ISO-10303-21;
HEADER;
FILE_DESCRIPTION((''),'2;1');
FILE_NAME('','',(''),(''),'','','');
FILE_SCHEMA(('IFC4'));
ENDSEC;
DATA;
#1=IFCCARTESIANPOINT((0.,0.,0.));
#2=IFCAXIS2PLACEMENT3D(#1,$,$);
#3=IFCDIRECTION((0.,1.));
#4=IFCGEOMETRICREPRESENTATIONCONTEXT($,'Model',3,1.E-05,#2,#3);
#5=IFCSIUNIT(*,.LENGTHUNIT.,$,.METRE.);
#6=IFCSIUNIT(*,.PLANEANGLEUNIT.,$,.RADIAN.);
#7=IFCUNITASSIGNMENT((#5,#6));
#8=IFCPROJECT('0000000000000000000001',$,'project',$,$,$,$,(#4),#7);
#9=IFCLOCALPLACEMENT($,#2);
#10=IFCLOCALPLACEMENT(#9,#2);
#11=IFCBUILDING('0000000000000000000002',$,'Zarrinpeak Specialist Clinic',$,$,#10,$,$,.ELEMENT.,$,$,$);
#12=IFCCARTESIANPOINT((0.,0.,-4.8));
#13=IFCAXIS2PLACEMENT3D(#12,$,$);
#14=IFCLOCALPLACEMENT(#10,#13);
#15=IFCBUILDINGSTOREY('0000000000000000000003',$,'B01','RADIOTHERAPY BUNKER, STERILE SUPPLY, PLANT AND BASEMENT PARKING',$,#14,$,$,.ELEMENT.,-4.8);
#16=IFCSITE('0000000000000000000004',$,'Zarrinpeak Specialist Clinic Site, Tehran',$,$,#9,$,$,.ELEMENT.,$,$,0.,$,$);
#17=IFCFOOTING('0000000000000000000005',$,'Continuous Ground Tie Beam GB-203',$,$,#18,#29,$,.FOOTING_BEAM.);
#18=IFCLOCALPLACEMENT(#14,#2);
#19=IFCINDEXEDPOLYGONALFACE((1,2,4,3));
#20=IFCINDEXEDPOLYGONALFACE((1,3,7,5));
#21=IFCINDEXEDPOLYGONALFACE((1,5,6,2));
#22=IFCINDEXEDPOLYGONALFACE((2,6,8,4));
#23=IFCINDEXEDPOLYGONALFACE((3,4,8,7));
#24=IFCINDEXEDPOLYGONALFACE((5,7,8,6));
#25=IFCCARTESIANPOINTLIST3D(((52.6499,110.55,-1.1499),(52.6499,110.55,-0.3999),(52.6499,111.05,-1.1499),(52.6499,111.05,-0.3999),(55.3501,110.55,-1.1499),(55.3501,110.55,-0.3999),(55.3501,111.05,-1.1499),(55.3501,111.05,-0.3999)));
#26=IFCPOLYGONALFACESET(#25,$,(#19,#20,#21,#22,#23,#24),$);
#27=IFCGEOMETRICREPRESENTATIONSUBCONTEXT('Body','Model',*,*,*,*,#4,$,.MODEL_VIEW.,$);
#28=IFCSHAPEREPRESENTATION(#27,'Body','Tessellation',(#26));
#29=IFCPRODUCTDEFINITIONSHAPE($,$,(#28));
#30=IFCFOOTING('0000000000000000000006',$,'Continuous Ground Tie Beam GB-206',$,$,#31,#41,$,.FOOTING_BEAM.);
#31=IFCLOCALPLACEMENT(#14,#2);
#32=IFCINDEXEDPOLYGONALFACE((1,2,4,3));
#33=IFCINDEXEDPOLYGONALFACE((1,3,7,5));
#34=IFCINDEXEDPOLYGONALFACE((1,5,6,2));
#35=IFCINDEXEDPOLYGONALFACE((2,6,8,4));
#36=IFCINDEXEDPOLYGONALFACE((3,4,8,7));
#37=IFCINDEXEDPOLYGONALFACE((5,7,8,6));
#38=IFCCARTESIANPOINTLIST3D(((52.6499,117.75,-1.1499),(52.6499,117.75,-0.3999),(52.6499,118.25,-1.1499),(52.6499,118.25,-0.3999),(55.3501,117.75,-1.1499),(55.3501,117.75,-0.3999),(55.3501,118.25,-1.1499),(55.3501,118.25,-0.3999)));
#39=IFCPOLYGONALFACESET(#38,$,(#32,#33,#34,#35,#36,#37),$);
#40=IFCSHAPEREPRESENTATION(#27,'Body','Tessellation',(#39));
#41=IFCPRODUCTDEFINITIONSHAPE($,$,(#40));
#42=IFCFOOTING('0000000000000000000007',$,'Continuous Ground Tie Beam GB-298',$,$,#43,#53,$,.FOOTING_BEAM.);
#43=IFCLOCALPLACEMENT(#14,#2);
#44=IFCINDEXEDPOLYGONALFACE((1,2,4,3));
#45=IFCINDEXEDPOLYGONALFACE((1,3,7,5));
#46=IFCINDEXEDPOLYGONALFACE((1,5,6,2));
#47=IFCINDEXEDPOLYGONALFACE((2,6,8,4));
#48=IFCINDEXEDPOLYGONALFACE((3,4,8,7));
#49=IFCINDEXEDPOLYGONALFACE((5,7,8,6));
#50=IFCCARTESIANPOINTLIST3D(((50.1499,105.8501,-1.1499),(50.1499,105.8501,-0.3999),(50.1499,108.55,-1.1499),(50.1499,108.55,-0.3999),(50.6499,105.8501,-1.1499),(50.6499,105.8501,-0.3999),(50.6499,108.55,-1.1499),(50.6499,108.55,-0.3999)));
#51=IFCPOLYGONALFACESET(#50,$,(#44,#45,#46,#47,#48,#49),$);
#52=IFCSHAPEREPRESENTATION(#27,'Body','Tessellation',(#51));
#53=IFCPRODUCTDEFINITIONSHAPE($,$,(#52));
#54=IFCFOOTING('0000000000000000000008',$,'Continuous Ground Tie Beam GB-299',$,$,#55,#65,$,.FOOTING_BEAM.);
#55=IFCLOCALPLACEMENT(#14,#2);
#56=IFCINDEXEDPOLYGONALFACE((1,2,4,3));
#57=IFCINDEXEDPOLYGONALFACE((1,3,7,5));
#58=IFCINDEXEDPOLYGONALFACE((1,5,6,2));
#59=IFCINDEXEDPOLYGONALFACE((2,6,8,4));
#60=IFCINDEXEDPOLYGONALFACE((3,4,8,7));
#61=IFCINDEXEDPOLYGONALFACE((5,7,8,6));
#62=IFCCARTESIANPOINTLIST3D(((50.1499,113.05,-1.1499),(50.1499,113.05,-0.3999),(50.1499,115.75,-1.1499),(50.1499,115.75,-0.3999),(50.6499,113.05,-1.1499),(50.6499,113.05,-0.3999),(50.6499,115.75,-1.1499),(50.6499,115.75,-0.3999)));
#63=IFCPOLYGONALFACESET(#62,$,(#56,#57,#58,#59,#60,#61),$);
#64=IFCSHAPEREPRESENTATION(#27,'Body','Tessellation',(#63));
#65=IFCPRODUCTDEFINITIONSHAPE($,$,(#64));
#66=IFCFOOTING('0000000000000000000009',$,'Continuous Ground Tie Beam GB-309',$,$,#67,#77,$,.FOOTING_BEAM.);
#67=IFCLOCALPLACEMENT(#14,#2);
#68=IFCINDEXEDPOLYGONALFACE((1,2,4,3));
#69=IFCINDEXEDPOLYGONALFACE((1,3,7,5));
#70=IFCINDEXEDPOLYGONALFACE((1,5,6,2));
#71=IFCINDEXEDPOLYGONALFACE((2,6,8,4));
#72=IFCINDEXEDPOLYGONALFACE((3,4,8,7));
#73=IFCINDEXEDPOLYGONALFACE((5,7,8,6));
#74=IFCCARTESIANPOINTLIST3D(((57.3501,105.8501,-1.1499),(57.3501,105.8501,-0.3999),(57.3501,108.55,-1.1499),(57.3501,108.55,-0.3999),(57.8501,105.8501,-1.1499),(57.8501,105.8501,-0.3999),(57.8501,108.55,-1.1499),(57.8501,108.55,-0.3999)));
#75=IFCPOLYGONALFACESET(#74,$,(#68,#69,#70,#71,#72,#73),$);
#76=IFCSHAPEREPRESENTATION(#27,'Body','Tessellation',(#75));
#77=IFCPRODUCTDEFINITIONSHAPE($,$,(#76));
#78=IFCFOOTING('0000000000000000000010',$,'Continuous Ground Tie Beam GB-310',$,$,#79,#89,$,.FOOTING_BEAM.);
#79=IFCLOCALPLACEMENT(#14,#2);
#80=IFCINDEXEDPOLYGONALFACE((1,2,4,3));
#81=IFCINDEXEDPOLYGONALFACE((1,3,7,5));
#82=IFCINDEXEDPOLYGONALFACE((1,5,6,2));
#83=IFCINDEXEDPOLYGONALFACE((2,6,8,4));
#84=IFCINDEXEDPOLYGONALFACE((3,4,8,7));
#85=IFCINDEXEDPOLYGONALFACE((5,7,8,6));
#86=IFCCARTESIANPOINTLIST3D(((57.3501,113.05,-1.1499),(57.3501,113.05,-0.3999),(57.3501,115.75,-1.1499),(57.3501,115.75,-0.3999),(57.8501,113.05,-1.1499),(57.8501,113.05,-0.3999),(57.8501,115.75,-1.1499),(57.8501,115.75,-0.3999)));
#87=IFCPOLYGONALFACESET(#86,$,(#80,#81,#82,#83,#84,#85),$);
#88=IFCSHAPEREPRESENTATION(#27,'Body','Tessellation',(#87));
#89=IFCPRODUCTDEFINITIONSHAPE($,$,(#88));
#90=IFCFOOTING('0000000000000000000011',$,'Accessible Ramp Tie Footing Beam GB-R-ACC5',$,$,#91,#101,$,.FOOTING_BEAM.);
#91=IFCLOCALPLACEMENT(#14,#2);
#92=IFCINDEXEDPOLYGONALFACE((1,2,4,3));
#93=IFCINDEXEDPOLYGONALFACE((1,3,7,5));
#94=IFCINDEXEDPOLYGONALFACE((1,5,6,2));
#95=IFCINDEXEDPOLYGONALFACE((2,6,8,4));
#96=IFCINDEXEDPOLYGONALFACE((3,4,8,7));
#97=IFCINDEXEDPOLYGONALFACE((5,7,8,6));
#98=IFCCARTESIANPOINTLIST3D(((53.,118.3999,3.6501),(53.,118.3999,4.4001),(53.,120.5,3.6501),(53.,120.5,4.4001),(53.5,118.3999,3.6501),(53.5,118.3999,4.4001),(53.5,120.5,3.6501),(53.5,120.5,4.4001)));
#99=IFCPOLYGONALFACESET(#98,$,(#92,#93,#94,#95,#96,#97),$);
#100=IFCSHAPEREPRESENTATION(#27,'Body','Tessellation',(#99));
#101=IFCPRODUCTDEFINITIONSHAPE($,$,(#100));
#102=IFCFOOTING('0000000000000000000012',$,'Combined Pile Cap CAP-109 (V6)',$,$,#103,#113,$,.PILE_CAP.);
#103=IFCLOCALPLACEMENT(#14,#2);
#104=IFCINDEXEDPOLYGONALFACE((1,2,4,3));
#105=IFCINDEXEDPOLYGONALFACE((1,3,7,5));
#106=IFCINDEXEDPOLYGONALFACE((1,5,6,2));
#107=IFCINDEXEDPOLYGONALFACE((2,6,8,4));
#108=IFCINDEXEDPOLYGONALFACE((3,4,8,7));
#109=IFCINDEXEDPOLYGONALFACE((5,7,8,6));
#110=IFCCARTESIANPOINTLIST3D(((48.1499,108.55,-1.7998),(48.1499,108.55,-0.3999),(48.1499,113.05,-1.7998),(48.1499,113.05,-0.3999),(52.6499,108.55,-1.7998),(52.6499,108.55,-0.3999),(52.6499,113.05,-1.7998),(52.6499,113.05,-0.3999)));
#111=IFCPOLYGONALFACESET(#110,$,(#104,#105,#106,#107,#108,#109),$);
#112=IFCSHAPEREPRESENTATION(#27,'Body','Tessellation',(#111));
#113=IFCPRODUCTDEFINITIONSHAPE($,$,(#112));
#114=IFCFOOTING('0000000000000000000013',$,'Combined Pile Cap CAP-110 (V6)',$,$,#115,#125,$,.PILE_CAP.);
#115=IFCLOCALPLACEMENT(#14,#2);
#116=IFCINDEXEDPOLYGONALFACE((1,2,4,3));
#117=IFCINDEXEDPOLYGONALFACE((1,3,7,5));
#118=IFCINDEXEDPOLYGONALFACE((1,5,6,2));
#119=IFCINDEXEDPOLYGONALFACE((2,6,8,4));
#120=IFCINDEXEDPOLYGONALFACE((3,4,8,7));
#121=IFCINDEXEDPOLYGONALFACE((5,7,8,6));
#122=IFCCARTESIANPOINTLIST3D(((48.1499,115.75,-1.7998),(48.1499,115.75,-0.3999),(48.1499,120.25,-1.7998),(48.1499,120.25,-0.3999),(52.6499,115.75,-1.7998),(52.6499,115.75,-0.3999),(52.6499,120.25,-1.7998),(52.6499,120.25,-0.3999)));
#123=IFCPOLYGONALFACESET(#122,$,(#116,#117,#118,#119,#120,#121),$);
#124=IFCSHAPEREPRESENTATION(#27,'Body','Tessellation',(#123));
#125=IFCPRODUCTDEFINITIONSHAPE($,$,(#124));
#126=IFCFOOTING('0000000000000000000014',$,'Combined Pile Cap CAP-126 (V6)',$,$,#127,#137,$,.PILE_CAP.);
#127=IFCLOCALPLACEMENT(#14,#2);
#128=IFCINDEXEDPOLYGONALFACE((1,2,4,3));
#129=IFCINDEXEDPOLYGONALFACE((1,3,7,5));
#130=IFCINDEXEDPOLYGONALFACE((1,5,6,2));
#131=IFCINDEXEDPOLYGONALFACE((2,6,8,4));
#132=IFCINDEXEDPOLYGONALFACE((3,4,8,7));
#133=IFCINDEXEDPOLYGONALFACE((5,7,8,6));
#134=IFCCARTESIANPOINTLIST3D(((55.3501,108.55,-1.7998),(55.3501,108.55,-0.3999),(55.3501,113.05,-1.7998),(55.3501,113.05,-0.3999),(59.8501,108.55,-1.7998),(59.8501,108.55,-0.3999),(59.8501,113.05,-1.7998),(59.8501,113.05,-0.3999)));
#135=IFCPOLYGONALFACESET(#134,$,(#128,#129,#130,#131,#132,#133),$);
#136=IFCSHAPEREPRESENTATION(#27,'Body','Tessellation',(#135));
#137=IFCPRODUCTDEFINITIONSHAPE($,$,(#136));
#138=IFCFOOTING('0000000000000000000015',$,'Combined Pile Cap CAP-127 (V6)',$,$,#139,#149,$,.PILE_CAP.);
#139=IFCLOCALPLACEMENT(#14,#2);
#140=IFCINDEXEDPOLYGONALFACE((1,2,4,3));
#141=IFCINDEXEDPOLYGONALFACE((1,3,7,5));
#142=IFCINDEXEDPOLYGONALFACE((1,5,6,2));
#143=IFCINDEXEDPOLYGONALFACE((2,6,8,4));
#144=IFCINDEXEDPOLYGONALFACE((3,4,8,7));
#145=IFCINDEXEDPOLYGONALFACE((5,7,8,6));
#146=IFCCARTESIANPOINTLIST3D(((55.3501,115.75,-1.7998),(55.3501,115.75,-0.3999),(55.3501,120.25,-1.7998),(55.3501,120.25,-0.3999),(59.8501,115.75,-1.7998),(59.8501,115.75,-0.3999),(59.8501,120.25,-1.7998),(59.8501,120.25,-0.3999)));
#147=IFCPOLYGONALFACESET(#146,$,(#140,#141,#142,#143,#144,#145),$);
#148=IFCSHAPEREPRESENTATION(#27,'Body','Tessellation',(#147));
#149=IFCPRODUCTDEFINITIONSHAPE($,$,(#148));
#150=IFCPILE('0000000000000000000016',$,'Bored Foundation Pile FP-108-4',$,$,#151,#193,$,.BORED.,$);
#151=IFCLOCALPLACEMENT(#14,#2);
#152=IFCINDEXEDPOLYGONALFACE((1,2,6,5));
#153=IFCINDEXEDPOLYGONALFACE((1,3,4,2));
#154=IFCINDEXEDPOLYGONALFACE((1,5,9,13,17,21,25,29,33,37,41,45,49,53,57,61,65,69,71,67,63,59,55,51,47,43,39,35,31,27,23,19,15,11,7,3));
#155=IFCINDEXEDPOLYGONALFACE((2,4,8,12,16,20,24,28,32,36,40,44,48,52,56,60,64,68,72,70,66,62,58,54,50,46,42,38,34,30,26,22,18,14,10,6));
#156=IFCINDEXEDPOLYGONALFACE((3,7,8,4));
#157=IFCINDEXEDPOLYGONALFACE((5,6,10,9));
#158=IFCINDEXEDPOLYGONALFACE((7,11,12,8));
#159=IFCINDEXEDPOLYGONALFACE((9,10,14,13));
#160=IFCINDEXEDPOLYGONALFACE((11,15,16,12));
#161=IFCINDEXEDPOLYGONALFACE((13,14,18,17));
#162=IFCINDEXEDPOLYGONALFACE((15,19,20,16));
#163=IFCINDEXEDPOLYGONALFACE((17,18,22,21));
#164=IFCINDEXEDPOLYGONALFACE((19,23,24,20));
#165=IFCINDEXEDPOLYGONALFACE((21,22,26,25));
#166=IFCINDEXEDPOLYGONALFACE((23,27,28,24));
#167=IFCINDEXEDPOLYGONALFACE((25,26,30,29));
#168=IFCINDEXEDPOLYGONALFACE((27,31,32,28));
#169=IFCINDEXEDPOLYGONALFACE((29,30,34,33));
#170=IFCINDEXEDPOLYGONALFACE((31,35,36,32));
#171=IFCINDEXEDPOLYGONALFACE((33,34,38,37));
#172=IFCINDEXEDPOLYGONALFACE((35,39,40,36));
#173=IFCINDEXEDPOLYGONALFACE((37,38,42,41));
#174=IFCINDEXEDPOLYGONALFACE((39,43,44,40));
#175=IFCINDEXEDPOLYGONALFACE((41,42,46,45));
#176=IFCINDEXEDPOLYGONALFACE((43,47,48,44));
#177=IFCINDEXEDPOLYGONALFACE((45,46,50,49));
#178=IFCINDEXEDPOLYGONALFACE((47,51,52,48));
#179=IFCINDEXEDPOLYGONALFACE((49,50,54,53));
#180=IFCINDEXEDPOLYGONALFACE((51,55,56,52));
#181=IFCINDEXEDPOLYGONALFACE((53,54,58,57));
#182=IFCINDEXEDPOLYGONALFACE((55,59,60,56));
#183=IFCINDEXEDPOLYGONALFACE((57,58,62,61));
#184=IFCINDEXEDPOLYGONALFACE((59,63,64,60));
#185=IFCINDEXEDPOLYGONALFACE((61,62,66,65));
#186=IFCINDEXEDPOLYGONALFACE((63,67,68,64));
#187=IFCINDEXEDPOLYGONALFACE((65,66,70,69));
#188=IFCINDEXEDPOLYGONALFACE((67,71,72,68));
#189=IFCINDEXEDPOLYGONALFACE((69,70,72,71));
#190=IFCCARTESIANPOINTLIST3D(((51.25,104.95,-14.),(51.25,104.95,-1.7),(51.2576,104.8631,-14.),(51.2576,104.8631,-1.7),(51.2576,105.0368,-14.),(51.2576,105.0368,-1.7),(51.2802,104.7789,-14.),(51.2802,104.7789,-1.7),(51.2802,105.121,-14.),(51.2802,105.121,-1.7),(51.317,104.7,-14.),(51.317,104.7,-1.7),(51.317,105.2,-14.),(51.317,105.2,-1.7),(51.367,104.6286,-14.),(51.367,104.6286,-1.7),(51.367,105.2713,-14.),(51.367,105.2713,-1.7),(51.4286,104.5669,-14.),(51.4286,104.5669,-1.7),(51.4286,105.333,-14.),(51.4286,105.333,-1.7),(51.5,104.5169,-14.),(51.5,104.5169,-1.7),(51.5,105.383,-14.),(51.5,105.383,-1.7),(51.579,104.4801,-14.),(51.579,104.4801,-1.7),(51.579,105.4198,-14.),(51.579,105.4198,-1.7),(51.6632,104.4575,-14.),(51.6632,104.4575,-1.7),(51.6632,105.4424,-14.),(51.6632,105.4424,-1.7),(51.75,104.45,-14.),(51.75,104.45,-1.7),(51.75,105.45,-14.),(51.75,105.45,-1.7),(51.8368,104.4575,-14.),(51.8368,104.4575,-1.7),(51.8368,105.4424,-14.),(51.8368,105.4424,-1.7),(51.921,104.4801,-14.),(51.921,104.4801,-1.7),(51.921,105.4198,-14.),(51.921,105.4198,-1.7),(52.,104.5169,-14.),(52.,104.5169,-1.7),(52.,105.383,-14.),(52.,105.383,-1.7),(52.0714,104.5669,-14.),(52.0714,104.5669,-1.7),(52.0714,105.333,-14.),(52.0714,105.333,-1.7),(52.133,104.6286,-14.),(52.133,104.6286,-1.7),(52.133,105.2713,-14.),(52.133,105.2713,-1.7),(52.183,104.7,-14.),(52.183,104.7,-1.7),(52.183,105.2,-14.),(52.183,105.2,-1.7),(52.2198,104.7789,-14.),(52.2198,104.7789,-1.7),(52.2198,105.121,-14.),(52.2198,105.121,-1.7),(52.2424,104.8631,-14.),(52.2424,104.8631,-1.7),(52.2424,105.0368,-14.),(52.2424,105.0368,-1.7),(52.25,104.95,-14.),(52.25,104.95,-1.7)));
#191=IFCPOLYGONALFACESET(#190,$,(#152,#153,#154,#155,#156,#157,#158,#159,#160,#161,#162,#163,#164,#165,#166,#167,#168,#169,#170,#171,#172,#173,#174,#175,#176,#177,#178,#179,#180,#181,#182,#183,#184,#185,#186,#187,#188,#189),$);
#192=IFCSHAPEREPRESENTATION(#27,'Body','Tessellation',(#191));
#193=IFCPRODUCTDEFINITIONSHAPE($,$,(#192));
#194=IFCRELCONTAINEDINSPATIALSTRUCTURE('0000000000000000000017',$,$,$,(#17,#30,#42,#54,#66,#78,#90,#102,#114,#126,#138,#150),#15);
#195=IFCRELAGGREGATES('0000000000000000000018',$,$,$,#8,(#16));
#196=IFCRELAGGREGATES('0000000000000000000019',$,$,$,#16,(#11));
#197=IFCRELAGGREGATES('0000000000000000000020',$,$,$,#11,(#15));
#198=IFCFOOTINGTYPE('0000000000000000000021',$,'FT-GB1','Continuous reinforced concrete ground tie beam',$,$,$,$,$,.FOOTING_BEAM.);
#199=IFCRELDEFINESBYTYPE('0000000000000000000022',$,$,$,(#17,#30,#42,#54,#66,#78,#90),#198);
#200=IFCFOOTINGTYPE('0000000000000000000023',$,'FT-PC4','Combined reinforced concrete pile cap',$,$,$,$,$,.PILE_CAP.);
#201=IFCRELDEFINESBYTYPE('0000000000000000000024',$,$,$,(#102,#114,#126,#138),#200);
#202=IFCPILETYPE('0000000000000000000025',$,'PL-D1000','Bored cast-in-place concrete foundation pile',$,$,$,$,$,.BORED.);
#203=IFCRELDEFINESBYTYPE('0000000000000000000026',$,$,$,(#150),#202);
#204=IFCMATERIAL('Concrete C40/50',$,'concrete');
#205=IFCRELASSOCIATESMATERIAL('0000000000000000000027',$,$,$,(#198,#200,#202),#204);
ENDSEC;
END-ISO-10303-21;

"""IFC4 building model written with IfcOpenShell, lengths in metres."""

from ifc_helpers import new_model, si_unit, direction, frame, origin, origin_2d, place, context, subcontext, project, spatial, rectangle, circle, extrude, material, material_profile, profile_set, type_object, element, save


model = new_model("IFC4")

# Units and contexts
model_context = context("Model", 3, precision=1e-05, world=origin(), true_north=direction((0.0, 1.0)))
body_context = subcontext(model_context, "Body", "Model", "MODEL_VIEW")
ifc_project = project(units=[si_unit("LENGTHUNIT", "METRE"), si_unit("PLANEANGLEUNIT", "RADIAN")], contexts=[model_context])

# Site, building, storey
site_placement = place(None, origin())
site = spatial("IfcSite", under=ifc_project, at=site_placement, Name="Zarrinpeak Specialist Clinic Site, Tehran", CompositionType="ELEMENT", RefElevation=0.0)
building_placement = place(site_placement, origin())
building = spatial("IfcBuilding", under=site, at=building_placement, Name="Zarrinpeak Specialist Clinic", CompositionType="ELEMENT")
storey_placement = place(building_placement, frame((0.0, 0.0, -4.8)))
storey = spatial("IfcBuildingStorey", under=building, at=storey_placement, Name="B01", Description="RADIOTHERAPY BUNKER, STERILE SUPPLY, PLANT AND BASEMENT PARKING", CompositionType="ELEMENT", Elevation=-4.8)

# Footings
ifc_material_1 = material(Name="Concrete C40/50", Category="concrete")
ifc_material_profile_1 = material_profile(ifc_material_1, rectangle(XDim=0.5, YDim=0.75, at=origin_2d()), Name="RC 500x750")
ifc_profile_set_1 = profile_set([ifc_material_profile_1], Name="Concrete C40/50")
footing_type_1 = type_object("IfcFootingType", Name="FT-GB1", Description="Continuous reinforced concrete ground tie beam", PredefinedType="FOOTING_BEAM", material=ifc_profile_set_1)
for number, where, z_axis, x_axis, name in (
    (1, (52.6499, 110.8, -0.7749), (1.0, 0.0, 0.0), (0.0, 1.0, 0.0), "Continuous Ground Tie Beam GB-203"),
    (2, (52.6499, 118.0, -0.7749), (1.0, 0.0, 0.0), (0.0, 1.0, 0.0), "Continuous Ground Tie Beam GB-206"),
):
    element("IfcFooting", number, at=place(storey_placement, frame(where, z_axis=z_axis, x_axis=x_axis)), inside=storey, type_object=footing_type_1, Name=name, PredefinedType="FOOTING_BEAM", context=body_context, shape_type="SweptSolid", body=[
        extrude(rectangle(XDim=0.5, YDim=0.75, at=origin_2d()), origin(), (0.0, 0.0, 1.0), 2.7002),
    ])
for number, where, z_axis, x_axis, name in (
    (3, (50.3999, 105.8501, -0.7749), (0.0, 1.0, 0.0), (-1.0, 0.0, 0.0), "Continuous Ground Tie Beam GB-298"),
    (4, (50.3999, 113.05, -0.7749), (0.0, 1.0, 0.0), (-1.0, 0.0, 0.0), "Continuous Ground Tie Beam GB-299"),
    (5, (57.6001, 105.8501, -0.7749), (0.0, 1.0, 0.0), (-1.0, 0.0, 0.0), "Continuous Ground Tie Beam GB-309"),
    (6, (57.6001, 113.05, -0.7749), (0.0, 1.0, 0.0), (-1.0, 0.0, 0.0), "Continuous Ground Tie Beam GB-310"),
):
    element("IfcFooting", number, at=place(storey_placement, frame(where, z_axis=z_axis, x_axis=x_axis)), inside=storey, type_object=footing_type_1, Name=name, PredefinedType="FOOTING_BEAM", context=body_context, shape_type="SweptSolid", body=[
        extrude(rectangle(XDim=0.5, YDim=0.75, at=origin_2d()), origin(), (0.0, 0.0, 1.0), 2.7),
    ])
footing_placement = place(storey_placement, frame((53.25, 118.3999, 4.0251), z_axis=(0.0, 1.0, 0.0), x_axis=(-1.0, 0.0, 0.0)))
element("IfcFooting", 7, at=footing_placement, inside=storey, type_object=footing_type_1, Name="Accessible Ramp Tie Footing Beam GB-R-ACC5", PredefinedType="FOOTING_BEAM", context=body_context, shape_type="SweptSolid", body=[
    extrude(rectangle(XDim=0.5, YDim=0.75, at=origin_2d()), origin(), (0.0, 0.0, 1.0), 2.1001),
])
footing_type_2 = type_object("IfcFootingType", Name="FT-PC4", Description="Combined reinforced concrete pile cap", PredefinedType="PILE_CAP", material=ifc_material_1)
for number, where, z_axis, x_axis, name in (
    (8, (50.3999, 110.8, -1.7998), (0.0, 0.0, 1.0), (1.0, 0.0, 0.0), "Combined Pile Cap CAP-109 (V6)"),
    (9, (50.3999, 118.0, -1.7998), (0.0, 0.0, 1.0), (1.0, 0.0, 0.0), "Combined Pile Cap CAP-110 (V6)"),
    (10, (57.6001, 110.8, -1.7998), (0.0, 0.0, 1.0), (1.0, 0.0, 0.0), "Combined Pile Cap CAP-126 (V6)"),
    (11, (57.6001, 118.0, -1.7998), (0.0, 0.0, 1.0), (1.0, 0.0, 0.0), "Combined Pile Cap CAP-127 (V6)"),
):
    element("IfcFooting", number, at=place(storey_placement, frame(where, z_axis=z_axis, x_axis=x_axis)), inside=storey, type_object=footing_type_2, Name=name, PredefinedType="PILE_CAP", context=body_context, shape_type="SweptSolid", body=[
        extrude(rectangle(XDim=4.5, YDim=4.5, at=origin_2d()), origin(), (0.0, 0.0, 1.0), 1.3999),
    ])

# Pile
ifc_material_profile_2 = material_profile(ifc_material_1, circle(Radius=0.5, at=origin_2d()), Name="BORED PILE D1000")
ifc_profile_set_2 = profile_set([ifc_material_profile_2], Name="Concrete C40/50")
pile_type = type_object("IfcPileType", Name="PL-D1000", Description="Bored cast-in-place concrete foundation pile", PredefinedType="BORED", material=ifc_profile_set_2)
for number, where, z_axis, x_axis, name in (
    (12, (51.75, 104.95, -1.7), (0.0, 0.0, -1.0), (1.0, 0.0, 0.0), "Bored Foundation Pile FP-108-4"),
):
    element("IfcPile", number, at=place(storey_placement, frame(where, z_axis=z_axis, x_axis=x_axis)), inside=storey, type_object=pile_type, Name=name, PredefinedType="BORED", context=body_context, shape_type="SweptSolid", body=[
        extrude(circle(Radius=0.5, at=origin_2d()), origin(), (0.0, 0.0, 1.0), 12.3),
    ])

save(model, "model.ifc")
